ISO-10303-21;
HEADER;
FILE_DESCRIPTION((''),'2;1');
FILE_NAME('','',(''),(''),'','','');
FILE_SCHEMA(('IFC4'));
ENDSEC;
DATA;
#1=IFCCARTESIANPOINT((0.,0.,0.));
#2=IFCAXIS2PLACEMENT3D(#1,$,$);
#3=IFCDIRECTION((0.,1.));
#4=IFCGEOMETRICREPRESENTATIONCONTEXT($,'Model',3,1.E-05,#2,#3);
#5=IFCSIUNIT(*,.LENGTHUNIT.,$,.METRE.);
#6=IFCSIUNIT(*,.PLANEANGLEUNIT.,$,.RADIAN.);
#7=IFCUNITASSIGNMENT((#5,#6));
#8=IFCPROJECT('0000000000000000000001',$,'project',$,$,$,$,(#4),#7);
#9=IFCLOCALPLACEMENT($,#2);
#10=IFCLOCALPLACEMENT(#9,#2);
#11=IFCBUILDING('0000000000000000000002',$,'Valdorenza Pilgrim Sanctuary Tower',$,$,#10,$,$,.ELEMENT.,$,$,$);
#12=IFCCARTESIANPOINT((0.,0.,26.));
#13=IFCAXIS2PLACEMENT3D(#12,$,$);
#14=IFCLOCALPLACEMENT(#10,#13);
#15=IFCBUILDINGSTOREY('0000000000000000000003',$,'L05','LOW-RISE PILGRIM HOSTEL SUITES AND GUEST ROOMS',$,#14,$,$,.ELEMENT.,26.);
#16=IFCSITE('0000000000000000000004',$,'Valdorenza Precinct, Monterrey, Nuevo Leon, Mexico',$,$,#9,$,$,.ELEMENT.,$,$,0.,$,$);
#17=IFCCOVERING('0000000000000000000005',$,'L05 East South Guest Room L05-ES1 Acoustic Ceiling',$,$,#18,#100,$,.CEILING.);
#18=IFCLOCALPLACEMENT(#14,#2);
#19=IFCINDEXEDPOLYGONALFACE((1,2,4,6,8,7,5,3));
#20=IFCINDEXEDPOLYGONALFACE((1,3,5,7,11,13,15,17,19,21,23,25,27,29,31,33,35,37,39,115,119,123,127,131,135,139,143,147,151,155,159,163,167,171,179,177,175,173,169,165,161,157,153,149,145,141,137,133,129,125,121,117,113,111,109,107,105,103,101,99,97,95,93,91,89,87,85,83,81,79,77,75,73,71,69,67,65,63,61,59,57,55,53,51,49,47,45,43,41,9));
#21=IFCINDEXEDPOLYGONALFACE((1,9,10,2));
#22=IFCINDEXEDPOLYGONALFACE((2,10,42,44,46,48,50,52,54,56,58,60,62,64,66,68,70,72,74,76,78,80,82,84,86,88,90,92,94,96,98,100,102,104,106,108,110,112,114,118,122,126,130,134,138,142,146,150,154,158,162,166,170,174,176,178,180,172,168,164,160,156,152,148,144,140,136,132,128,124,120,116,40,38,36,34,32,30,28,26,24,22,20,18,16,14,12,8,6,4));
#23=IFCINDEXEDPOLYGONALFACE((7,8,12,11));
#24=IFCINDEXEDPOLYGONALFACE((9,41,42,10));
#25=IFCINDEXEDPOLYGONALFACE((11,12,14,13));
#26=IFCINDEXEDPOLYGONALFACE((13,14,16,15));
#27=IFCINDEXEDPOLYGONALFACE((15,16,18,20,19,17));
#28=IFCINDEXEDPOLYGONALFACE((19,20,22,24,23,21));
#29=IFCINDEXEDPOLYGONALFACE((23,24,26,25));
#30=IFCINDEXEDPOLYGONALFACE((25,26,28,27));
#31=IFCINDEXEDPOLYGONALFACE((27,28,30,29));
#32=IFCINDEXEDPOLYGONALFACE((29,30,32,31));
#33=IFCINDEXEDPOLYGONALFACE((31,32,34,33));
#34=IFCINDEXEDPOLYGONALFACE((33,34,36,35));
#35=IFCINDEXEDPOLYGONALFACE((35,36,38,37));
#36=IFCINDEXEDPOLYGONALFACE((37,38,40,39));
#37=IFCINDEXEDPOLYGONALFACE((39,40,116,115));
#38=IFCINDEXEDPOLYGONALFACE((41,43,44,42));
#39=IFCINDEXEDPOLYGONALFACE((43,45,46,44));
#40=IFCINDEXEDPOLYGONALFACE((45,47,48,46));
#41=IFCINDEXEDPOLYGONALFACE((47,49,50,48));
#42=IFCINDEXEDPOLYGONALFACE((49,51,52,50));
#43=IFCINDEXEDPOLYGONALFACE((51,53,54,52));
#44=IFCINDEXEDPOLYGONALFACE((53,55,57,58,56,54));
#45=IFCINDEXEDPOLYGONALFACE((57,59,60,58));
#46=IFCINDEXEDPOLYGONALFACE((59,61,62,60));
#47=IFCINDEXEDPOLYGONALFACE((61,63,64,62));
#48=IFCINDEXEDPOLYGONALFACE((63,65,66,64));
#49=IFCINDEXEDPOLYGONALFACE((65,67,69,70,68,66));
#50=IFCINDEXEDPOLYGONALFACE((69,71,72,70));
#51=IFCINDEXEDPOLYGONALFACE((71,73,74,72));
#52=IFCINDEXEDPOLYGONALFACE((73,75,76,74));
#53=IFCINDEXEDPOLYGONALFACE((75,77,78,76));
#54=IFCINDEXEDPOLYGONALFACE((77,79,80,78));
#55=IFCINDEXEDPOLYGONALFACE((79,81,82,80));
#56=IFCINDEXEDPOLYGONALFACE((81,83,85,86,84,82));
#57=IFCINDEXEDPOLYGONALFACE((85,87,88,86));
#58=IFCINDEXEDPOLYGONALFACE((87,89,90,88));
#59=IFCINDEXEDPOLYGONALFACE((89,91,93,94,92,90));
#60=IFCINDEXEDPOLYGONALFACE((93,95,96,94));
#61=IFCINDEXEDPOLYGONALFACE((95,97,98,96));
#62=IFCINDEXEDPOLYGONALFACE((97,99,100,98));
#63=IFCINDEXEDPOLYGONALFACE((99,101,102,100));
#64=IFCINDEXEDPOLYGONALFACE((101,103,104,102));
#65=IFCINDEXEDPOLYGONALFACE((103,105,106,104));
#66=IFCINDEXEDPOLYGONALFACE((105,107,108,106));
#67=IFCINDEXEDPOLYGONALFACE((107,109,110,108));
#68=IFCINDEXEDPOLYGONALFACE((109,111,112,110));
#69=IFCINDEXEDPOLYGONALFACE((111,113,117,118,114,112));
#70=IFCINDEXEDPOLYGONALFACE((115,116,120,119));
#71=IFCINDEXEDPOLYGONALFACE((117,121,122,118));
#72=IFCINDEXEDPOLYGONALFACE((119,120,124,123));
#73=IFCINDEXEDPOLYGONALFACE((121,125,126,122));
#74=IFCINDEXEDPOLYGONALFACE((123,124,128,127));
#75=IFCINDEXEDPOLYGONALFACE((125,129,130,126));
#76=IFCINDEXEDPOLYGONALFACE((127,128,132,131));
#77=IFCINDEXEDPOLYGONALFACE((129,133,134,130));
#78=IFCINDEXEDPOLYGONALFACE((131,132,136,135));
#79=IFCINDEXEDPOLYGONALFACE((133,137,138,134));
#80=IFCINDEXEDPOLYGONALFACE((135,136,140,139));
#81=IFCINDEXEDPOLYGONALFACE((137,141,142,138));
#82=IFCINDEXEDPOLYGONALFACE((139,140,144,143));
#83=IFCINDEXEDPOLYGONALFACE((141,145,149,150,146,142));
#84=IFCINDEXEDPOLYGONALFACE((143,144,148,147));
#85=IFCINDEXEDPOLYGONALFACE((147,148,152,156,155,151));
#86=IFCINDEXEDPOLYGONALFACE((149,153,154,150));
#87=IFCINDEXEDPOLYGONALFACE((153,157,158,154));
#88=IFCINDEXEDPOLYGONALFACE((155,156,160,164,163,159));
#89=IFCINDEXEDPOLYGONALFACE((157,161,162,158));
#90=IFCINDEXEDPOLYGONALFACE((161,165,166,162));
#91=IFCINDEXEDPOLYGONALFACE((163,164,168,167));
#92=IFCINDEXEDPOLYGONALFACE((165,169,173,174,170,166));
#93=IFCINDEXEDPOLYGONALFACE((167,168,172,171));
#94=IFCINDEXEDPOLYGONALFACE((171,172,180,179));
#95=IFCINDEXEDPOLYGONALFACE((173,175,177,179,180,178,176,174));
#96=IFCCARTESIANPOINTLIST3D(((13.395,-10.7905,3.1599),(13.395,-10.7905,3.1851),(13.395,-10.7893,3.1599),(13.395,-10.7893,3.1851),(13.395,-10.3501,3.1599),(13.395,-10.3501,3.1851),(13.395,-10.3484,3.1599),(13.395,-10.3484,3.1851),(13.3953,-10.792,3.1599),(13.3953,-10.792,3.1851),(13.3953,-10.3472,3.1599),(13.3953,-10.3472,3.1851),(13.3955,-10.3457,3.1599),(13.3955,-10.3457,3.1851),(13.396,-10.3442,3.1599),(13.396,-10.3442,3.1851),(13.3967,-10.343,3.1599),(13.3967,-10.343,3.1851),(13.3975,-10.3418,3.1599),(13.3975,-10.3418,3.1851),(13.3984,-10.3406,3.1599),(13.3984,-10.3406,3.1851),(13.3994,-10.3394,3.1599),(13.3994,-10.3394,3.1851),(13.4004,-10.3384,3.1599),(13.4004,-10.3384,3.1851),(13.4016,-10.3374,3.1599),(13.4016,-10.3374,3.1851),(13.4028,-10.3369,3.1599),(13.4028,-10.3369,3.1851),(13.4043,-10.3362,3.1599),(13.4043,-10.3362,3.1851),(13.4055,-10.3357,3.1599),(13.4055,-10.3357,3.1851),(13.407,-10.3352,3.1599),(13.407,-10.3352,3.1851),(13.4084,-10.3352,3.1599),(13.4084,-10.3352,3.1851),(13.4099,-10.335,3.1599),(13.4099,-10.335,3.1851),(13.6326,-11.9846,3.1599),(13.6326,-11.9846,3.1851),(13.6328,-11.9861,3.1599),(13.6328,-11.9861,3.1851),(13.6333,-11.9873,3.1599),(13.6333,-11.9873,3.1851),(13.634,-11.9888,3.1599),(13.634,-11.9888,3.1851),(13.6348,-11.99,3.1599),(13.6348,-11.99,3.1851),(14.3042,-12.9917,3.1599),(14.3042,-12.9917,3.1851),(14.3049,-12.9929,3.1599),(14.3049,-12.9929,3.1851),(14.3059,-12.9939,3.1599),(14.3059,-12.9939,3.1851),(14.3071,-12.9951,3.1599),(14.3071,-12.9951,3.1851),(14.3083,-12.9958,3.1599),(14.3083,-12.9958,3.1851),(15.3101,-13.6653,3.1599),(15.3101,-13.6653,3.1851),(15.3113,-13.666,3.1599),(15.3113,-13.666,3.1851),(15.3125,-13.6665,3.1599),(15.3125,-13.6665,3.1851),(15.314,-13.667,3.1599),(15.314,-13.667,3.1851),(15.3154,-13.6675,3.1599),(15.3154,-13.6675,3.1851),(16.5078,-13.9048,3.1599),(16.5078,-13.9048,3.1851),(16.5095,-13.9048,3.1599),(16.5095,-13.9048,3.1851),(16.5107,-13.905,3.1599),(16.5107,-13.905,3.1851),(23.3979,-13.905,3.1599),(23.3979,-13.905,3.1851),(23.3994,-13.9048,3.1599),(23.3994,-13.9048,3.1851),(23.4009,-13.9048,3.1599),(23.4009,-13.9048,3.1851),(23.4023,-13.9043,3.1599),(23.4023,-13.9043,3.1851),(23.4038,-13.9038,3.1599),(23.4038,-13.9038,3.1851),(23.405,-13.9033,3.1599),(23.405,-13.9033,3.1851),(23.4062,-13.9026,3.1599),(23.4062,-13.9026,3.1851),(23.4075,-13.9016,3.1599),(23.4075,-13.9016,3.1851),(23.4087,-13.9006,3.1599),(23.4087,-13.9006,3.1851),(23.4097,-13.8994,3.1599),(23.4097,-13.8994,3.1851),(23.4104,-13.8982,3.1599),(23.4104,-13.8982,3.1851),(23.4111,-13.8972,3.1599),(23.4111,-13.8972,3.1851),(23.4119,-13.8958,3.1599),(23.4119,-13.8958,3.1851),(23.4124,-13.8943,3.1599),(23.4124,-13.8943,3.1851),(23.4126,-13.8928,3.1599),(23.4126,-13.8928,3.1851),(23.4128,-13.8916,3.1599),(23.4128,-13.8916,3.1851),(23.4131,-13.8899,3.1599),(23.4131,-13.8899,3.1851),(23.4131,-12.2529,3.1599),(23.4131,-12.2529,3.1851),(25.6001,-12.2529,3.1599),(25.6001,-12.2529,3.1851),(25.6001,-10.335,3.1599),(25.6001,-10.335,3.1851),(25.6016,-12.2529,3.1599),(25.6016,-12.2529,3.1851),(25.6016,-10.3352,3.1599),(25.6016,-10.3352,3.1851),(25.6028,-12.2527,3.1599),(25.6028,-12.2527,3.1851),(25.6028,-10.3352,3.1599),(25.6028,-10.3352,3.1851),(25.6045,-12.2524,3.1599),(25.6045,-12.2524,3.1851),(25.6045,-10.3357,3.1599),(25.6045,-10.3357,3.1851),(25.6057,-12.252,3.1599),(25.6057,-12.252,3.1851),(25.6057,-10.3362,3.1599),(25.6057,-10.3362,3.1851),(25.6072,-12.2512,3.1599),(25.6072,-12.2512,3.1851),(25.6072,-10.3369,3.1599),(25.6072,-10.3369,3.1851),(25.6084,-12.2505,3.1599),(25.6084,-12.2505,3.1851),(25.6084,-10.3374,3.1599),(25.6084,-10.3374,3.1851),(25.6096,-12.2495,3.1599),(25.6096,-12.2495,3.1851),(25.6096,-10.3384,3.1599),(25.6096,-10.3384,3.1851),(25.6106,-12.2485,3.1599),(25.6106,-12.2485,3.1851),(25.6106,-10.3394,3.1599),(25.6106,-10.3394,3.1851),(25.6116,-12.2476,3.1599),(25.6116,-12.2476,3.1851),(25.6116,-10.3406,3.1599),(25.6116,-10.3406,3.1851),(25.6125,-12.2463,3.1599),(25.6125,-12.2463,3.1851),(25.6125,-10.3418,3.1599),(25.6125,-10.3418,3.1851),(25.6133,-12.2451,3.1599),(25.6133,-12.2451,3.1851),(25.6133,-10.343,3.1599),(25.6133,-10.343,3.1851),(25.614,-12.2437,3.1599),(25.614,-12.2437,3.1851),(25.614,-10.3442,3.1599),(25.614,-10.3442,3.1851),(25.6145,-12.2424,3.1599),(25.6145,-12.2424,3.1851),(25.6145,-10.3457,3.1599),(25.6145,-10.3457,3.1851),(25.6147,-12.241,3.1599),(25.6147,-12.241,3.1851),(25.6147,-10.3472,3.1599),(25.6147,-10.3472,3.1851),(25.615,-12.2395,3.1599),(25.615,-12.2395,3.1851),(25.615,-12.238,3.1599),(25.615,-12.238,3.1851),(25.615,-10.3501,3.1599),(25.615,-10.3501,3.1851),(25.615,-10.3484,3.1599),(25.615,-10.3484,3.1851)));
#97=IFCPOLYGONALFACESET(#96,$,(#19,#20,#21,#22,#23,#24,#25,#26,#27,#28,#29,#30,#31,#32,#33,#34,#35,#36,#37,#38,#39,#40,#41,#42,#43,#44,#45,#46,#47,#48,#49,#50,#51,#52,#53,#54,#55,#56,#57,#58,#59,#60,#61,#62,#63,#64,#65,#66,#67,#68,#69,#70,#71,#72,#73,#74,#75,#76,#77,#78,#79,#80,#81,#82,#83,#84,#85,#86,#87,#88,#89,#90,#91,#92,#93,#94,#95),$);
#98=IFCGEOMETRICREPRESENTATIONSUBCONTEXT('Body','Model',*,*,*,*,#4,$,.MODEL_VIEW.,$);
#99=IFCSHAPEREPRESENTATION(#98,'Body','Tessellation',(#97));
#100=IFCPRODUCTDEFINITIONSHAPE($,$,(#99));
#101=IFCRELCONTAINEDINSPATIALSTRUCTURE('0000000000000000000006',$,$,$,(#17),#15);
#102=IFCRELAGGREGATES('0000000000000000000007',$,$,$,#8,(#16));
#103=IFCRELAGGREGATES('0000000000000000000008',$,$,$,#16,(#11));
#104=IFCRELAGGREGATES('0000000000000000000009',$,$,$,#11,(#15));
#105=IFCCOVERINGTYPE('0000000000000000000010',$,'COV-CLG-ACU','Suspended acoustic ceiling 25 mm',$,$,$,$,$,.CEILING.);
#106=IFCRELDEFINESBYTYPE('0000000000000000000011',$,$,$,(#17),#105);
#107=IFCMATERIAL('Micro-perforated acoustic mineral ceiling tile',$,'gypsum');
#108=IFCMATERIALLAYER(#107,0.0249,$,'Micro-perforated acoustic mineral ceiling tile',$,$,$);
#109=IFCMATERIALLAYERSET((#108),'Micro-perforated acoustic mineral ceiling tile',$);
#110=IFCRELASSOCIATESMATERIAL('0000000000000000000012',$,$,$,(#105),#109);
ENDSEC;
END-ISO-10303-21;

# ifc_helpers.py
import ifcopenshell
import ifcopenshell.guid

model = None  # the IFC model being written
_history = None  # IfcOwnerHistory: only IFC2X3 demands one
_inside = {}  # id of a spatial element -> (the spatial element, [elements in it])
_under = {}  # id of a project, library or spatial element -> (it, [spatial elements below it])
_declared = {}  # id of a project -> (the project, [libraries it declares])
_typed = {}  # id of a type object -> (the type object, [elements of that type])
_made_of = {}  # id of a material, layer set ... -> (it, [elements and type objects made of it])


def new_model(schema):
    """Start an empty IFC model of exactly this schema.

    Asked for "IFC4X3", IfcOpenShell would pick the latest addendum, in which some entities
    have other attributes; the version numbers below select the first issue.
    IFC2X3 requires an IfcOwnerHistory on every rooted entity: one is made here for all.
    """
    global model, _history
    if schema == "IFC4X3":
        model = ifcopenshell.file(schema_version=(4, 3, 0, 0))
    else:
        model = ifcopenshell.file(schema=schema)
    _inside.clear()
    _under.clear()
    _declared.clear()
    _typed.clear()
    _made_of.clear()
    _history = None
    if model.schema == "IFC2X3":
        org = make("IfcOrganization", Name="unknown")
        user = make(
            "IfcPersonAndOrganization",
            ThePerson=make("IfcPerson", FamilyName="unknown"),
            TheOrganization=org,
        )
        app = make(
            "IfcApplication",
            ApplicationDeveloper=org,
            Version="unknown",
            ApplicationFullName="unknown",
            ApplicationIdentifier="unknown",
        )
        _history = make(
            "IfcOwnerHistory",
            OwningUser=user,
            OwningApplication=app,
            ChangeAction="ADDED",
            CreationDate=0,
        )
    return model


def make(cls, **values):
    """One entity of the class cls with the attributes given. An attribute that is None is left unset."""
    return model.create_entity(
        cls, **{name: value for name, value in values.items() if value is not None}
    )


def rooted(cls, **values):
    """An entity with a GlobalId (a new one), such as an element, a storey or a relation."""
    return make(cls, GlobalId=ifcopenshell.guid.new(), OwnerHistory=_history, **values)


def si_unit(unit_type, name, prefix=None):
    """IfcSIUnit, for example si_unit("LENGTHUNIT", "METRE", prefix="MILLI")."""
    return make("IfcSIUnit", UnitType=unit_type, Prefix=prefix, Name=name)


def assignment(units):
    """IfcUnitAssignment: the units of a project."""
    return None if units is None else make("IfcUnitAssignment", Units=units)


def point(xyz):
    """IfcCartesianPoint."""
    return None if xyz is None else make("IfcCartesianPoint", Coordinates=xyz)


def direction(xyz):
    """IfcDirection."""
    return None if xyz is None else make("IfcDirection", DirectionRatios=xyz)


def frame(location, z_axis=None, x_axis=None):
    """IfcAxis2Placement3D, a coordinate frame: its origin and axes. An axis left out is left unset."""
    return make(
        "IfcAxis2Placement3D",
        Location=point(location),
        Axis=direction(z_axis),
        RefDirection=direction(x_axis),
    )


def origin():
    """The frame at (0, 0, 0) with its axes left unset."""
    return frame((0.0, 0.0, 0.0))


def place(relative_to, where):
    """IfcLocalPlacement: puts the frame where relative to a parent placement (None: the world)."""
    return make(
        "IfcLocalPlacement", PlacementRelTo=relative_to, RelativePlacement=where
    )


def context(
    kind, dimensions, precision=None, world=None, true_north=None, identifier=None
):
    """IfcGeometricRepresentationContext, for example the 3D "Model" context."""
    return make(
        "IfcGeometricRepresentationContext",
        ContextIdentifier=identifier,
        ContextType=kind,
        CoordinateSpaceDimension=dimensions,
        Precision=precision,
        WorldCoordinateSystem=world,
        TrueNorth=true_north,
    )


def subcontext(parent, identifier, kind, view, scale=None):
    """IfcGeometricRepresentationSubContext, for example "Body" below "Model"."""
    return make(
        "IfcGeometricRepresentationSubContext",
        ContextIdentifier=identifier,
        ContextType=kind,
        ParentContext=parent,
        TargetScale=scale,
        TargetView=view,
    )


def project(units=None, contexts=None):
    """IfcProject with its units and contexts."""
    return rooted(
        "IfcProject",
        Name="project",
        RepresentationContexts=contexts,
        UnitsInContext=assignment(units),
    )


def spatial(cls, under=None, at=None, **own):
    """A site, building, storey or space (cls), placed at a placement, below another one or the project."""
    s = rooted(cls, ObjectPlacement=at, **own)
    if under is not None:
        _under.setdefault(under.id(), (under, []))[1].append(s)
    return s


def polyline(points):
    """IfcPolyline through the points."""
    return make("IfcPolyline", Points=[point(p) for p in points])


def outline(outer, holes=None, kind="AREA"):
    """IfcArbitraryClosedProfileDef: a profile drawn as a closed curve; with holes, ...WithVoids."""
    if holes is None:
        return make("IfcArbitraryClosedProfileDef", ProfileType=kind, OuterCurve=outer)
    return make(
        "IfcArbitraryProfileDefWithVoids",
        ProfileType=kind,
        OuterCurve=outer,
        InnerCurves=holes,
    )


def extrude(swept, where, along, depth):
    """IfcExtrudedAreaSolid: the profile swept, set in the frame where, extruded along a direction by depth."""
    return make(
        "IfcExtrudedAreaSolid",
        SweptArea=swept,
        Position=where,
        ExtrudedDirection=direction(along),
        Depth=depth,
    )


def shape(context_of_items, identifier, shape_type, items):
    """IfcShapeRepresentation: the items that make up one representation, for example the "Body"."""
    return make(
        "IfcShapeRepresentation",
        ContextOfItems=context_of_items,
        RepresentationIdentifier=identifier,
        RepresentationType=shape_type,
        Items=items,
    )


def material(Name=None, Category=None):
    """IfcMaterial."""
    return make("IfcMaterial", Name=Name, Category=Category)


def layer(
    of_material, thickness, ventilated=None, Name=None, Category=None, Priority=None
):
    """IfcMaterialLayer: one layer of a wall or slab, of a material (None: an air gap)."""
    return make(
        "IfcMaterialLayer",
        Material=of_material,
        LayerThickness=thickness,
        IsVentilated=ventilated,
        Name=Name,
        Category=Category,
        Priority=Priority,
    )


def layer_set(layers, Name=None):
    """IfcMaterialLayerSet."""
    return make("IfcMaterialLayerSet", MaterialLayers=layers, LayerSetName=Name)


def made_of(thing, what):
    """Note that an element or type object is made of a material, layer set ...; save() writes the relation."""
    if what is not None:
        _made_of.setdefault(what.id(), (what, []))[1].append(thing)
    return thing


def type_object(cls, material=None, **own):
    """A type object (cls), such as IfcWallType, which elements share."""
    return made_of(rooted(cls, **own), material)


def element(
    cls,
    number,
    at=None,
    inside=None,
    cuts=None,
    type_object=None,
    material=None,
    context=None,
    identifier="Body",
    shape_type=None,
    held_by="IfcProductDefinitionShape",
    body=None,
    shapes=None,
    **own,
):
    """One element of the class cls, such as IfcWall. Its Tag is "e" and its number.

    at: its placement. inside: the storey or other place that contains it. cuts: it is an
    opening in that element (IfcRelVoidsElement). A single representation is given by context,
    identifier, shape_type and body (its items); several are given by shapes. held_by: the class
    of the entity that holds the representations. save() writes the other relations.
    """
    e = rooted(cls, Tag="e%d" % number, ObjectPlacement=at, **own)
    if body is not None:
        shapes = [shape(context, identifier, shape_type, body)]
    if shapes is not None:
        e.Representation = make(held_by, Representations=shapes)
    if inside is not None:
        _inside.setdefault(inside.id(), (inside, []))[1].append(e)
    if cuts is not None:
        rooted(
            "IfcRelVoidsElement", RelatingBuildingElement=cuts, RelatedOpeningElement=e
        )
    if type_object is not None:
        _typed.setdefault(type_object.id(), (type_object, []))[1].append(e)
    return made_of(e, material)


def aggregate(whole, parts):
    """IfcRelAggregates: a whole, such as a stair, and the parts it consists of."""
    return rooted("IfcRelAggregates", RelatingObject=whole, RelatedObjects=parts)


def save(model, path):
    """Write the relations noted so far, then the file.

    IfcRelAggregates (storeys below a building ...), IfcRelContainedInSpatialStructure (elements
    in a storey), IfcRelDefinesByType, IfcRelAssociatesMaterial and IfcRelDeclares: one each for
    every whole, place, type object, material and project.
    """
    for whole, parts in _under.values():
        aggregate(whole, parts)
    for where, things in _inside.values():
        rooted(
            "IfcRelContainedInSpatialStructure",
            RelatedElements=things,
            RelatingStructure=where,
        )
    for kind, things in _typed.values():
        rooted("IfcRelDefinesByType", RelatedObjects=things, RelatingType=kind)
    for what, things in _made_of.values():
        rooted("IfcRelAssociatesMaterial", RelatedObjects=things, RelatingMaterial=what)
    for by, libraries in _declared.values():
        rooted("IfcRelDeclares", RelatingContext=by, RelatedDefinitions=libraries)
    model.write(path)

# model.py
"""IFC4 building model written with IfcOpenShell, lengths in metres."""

from ifc_helpers import new_model, si_unit, direction, frame, origin, place, context, subcontext, project, spatial, polyline, outline, extrude, material, layer, layer_set, type_object, element, save


model = new_model("IFC4")

# Units and contexts
model_context = context("Model", 3, precision=1e-05, world=origin(), true_north=direction((0.0, 1.0)))
body_context = subcontext(model_context, "Body", "Model", "MODEL_VIEW")
ifc_project = project(units=[si_unit("LENGTHUNIT", "METRE"), si_unit("PLANEANGLEUNIT", "RADIAN")], contexts=[model_context])

# Site, building, storey
site_placement = place(None, origin())
site = spatial("IfcSite", under=ifc_project, at=site_placement, Name="Valdorenza Precinct, Monterrey, Nuevo Leon, Mexico", CompositionType="ELEMENT", RefElevation=0.0)
building_placement = place(site_placement, origin())
building = spatial("IfcBuilding", under=site, at=building_placement, Name="Valdorenza Pilgrim Sanctuary Tower", CompositionType="ELEMENT")
storey_placement = place(building_placement, frame((0.0, 0.0, 26.0)))
storey = spatial("IfcBuildingStorey", under=building, at=storey_placement, Name="L05", Description="LOW-RISE PILGRIM HOSTEL SUITES AND GUEST ROOMS", CompositionType="ELEMENT", Elevation=26.0)

# Covering
ifc_material_1 = material(Name="Micro-perforated acoustic mineral ceiling tile", Category="gypsum")
ifc_layer_1 = layer(ifc_material_1, 0.0249, Name="Micro-perforated acoustic mineral ceiling tile")
ifc_layer_set_1 = layer_set([ifc_layer_1], Name="Micro-perforated acoustic mineral ceiling tile")
covering_type_1 = type_object("IfcCoveringType", Name="COV-CLG-ACU", Description="Suspended acoustic ceiling 25 mm", PredefinedType="CEILING", material=ifc_layer_set_1)
covering_1_placement = place(storey_placement, frame((0.0, 0.0, 3.1599)))
element("IfcCovering", 1, at=covering_1_placement, inside=storey, type_object=covering_type_1, Name="L05 East South Guest Room L05-ES1 Acoustic Ceiling", PredefinedType="CEILING", context=body_context, shape_type="SweptSolid", body=[
    extrude(outline(polyline([(23.4131, -12.2529), (23.4131, -13.8899), (23.4128, -13.8916), (23.4126, -13.8928), (23.4124, -13.8943), (23.4119, -13.8958), (23.4111, -13.8972), (23.4104, -13.8982), (23.4097, -13.8994), (23.4087, -13.9006), (23.4075, -13.9016), (23.4062, -13.9026), (23.405, -13.9033), (23.4038, -13.9038), (23.4023, -13.9043), (23.4009, -13.9048), (23.3994, -13.9048), (23.3979, -13.905), (16.5107, -13.905), (16.5095, -13.9048), (16.5078, -13.9048), (15.3154, -13.6675), (15.314, -13.667), (15.3125, -13.6665), (15.3113, -13.666), (15.3101, -13.6653), (14.3083, -12.9958), (14.3071, -12.9951), (14.3059, -12.9939), (14.3049, -12.9929), (14.3042, -12.9917), (13.6348, -11.99), (13.634, -11.9888), (13.6333, -11.9873), (13.6328, -11.9861), (13.6326, -11.9846), (13.3953, -10.792), (13.395, -10.7905), (13.395, -10.7893), (13.395, -10.3501), (13.395, -10.3484), (13.3953, -10.3472), (13.3955, -10.3457), (13.396, -10.3442), (13.3967, -10.343), (13.3975, -10.3418), (13.3984, -10.3406), (13.3994, -10.3394), (13.4004, -10.3384), (13.4016, -10.3374), (13.4028, -10.3369), (13.4043, -10.3362), (13.4055, -10.3357), (13.407, -10.3352), (13.4084, -10.3352), (13.4099, -10.335), (25.6001, -10.335), (25.6016, -10.3352), (25.6028, -10.3352), (25.6045, -10.3357), (25.6057, -10.3362), (25.6072, -10.3369), (25.6084, -10.3374), (25.6096, -10.3384), (25.6106, -10.3394), (25.6116, -10.3406), (25.6125, -10.3418), (25.6133, -10.343), (25.614, -10.3442), (25.6145, -10.3457), (25.6147, -10.3472), (25.615, -10.3484), (25.615, -10.3501), (25.615, -12.238), (25.615, -12.2395), (25.6147, -12.241), (25.6145, -12.2424), (25.614, -12.2437), (25.6133, -12.2451), (25.6125, -12.2463), (25.6116, -12.2476), (25.6106, -12.2485), (25.6096, -12.2495), (25.6084, -12.2505), (25.6072, -12.2512), (25.6057, -12.252), (25.6045, -12.2524), (25.6028, -12.2527), (25.6016, -12.2529), (25.6001, -12.2529), (23.4131, -12.2529)])), origin(), (0.0, 0.0, 1.0), 0.0251),
])

save(model, "model.ifc")
